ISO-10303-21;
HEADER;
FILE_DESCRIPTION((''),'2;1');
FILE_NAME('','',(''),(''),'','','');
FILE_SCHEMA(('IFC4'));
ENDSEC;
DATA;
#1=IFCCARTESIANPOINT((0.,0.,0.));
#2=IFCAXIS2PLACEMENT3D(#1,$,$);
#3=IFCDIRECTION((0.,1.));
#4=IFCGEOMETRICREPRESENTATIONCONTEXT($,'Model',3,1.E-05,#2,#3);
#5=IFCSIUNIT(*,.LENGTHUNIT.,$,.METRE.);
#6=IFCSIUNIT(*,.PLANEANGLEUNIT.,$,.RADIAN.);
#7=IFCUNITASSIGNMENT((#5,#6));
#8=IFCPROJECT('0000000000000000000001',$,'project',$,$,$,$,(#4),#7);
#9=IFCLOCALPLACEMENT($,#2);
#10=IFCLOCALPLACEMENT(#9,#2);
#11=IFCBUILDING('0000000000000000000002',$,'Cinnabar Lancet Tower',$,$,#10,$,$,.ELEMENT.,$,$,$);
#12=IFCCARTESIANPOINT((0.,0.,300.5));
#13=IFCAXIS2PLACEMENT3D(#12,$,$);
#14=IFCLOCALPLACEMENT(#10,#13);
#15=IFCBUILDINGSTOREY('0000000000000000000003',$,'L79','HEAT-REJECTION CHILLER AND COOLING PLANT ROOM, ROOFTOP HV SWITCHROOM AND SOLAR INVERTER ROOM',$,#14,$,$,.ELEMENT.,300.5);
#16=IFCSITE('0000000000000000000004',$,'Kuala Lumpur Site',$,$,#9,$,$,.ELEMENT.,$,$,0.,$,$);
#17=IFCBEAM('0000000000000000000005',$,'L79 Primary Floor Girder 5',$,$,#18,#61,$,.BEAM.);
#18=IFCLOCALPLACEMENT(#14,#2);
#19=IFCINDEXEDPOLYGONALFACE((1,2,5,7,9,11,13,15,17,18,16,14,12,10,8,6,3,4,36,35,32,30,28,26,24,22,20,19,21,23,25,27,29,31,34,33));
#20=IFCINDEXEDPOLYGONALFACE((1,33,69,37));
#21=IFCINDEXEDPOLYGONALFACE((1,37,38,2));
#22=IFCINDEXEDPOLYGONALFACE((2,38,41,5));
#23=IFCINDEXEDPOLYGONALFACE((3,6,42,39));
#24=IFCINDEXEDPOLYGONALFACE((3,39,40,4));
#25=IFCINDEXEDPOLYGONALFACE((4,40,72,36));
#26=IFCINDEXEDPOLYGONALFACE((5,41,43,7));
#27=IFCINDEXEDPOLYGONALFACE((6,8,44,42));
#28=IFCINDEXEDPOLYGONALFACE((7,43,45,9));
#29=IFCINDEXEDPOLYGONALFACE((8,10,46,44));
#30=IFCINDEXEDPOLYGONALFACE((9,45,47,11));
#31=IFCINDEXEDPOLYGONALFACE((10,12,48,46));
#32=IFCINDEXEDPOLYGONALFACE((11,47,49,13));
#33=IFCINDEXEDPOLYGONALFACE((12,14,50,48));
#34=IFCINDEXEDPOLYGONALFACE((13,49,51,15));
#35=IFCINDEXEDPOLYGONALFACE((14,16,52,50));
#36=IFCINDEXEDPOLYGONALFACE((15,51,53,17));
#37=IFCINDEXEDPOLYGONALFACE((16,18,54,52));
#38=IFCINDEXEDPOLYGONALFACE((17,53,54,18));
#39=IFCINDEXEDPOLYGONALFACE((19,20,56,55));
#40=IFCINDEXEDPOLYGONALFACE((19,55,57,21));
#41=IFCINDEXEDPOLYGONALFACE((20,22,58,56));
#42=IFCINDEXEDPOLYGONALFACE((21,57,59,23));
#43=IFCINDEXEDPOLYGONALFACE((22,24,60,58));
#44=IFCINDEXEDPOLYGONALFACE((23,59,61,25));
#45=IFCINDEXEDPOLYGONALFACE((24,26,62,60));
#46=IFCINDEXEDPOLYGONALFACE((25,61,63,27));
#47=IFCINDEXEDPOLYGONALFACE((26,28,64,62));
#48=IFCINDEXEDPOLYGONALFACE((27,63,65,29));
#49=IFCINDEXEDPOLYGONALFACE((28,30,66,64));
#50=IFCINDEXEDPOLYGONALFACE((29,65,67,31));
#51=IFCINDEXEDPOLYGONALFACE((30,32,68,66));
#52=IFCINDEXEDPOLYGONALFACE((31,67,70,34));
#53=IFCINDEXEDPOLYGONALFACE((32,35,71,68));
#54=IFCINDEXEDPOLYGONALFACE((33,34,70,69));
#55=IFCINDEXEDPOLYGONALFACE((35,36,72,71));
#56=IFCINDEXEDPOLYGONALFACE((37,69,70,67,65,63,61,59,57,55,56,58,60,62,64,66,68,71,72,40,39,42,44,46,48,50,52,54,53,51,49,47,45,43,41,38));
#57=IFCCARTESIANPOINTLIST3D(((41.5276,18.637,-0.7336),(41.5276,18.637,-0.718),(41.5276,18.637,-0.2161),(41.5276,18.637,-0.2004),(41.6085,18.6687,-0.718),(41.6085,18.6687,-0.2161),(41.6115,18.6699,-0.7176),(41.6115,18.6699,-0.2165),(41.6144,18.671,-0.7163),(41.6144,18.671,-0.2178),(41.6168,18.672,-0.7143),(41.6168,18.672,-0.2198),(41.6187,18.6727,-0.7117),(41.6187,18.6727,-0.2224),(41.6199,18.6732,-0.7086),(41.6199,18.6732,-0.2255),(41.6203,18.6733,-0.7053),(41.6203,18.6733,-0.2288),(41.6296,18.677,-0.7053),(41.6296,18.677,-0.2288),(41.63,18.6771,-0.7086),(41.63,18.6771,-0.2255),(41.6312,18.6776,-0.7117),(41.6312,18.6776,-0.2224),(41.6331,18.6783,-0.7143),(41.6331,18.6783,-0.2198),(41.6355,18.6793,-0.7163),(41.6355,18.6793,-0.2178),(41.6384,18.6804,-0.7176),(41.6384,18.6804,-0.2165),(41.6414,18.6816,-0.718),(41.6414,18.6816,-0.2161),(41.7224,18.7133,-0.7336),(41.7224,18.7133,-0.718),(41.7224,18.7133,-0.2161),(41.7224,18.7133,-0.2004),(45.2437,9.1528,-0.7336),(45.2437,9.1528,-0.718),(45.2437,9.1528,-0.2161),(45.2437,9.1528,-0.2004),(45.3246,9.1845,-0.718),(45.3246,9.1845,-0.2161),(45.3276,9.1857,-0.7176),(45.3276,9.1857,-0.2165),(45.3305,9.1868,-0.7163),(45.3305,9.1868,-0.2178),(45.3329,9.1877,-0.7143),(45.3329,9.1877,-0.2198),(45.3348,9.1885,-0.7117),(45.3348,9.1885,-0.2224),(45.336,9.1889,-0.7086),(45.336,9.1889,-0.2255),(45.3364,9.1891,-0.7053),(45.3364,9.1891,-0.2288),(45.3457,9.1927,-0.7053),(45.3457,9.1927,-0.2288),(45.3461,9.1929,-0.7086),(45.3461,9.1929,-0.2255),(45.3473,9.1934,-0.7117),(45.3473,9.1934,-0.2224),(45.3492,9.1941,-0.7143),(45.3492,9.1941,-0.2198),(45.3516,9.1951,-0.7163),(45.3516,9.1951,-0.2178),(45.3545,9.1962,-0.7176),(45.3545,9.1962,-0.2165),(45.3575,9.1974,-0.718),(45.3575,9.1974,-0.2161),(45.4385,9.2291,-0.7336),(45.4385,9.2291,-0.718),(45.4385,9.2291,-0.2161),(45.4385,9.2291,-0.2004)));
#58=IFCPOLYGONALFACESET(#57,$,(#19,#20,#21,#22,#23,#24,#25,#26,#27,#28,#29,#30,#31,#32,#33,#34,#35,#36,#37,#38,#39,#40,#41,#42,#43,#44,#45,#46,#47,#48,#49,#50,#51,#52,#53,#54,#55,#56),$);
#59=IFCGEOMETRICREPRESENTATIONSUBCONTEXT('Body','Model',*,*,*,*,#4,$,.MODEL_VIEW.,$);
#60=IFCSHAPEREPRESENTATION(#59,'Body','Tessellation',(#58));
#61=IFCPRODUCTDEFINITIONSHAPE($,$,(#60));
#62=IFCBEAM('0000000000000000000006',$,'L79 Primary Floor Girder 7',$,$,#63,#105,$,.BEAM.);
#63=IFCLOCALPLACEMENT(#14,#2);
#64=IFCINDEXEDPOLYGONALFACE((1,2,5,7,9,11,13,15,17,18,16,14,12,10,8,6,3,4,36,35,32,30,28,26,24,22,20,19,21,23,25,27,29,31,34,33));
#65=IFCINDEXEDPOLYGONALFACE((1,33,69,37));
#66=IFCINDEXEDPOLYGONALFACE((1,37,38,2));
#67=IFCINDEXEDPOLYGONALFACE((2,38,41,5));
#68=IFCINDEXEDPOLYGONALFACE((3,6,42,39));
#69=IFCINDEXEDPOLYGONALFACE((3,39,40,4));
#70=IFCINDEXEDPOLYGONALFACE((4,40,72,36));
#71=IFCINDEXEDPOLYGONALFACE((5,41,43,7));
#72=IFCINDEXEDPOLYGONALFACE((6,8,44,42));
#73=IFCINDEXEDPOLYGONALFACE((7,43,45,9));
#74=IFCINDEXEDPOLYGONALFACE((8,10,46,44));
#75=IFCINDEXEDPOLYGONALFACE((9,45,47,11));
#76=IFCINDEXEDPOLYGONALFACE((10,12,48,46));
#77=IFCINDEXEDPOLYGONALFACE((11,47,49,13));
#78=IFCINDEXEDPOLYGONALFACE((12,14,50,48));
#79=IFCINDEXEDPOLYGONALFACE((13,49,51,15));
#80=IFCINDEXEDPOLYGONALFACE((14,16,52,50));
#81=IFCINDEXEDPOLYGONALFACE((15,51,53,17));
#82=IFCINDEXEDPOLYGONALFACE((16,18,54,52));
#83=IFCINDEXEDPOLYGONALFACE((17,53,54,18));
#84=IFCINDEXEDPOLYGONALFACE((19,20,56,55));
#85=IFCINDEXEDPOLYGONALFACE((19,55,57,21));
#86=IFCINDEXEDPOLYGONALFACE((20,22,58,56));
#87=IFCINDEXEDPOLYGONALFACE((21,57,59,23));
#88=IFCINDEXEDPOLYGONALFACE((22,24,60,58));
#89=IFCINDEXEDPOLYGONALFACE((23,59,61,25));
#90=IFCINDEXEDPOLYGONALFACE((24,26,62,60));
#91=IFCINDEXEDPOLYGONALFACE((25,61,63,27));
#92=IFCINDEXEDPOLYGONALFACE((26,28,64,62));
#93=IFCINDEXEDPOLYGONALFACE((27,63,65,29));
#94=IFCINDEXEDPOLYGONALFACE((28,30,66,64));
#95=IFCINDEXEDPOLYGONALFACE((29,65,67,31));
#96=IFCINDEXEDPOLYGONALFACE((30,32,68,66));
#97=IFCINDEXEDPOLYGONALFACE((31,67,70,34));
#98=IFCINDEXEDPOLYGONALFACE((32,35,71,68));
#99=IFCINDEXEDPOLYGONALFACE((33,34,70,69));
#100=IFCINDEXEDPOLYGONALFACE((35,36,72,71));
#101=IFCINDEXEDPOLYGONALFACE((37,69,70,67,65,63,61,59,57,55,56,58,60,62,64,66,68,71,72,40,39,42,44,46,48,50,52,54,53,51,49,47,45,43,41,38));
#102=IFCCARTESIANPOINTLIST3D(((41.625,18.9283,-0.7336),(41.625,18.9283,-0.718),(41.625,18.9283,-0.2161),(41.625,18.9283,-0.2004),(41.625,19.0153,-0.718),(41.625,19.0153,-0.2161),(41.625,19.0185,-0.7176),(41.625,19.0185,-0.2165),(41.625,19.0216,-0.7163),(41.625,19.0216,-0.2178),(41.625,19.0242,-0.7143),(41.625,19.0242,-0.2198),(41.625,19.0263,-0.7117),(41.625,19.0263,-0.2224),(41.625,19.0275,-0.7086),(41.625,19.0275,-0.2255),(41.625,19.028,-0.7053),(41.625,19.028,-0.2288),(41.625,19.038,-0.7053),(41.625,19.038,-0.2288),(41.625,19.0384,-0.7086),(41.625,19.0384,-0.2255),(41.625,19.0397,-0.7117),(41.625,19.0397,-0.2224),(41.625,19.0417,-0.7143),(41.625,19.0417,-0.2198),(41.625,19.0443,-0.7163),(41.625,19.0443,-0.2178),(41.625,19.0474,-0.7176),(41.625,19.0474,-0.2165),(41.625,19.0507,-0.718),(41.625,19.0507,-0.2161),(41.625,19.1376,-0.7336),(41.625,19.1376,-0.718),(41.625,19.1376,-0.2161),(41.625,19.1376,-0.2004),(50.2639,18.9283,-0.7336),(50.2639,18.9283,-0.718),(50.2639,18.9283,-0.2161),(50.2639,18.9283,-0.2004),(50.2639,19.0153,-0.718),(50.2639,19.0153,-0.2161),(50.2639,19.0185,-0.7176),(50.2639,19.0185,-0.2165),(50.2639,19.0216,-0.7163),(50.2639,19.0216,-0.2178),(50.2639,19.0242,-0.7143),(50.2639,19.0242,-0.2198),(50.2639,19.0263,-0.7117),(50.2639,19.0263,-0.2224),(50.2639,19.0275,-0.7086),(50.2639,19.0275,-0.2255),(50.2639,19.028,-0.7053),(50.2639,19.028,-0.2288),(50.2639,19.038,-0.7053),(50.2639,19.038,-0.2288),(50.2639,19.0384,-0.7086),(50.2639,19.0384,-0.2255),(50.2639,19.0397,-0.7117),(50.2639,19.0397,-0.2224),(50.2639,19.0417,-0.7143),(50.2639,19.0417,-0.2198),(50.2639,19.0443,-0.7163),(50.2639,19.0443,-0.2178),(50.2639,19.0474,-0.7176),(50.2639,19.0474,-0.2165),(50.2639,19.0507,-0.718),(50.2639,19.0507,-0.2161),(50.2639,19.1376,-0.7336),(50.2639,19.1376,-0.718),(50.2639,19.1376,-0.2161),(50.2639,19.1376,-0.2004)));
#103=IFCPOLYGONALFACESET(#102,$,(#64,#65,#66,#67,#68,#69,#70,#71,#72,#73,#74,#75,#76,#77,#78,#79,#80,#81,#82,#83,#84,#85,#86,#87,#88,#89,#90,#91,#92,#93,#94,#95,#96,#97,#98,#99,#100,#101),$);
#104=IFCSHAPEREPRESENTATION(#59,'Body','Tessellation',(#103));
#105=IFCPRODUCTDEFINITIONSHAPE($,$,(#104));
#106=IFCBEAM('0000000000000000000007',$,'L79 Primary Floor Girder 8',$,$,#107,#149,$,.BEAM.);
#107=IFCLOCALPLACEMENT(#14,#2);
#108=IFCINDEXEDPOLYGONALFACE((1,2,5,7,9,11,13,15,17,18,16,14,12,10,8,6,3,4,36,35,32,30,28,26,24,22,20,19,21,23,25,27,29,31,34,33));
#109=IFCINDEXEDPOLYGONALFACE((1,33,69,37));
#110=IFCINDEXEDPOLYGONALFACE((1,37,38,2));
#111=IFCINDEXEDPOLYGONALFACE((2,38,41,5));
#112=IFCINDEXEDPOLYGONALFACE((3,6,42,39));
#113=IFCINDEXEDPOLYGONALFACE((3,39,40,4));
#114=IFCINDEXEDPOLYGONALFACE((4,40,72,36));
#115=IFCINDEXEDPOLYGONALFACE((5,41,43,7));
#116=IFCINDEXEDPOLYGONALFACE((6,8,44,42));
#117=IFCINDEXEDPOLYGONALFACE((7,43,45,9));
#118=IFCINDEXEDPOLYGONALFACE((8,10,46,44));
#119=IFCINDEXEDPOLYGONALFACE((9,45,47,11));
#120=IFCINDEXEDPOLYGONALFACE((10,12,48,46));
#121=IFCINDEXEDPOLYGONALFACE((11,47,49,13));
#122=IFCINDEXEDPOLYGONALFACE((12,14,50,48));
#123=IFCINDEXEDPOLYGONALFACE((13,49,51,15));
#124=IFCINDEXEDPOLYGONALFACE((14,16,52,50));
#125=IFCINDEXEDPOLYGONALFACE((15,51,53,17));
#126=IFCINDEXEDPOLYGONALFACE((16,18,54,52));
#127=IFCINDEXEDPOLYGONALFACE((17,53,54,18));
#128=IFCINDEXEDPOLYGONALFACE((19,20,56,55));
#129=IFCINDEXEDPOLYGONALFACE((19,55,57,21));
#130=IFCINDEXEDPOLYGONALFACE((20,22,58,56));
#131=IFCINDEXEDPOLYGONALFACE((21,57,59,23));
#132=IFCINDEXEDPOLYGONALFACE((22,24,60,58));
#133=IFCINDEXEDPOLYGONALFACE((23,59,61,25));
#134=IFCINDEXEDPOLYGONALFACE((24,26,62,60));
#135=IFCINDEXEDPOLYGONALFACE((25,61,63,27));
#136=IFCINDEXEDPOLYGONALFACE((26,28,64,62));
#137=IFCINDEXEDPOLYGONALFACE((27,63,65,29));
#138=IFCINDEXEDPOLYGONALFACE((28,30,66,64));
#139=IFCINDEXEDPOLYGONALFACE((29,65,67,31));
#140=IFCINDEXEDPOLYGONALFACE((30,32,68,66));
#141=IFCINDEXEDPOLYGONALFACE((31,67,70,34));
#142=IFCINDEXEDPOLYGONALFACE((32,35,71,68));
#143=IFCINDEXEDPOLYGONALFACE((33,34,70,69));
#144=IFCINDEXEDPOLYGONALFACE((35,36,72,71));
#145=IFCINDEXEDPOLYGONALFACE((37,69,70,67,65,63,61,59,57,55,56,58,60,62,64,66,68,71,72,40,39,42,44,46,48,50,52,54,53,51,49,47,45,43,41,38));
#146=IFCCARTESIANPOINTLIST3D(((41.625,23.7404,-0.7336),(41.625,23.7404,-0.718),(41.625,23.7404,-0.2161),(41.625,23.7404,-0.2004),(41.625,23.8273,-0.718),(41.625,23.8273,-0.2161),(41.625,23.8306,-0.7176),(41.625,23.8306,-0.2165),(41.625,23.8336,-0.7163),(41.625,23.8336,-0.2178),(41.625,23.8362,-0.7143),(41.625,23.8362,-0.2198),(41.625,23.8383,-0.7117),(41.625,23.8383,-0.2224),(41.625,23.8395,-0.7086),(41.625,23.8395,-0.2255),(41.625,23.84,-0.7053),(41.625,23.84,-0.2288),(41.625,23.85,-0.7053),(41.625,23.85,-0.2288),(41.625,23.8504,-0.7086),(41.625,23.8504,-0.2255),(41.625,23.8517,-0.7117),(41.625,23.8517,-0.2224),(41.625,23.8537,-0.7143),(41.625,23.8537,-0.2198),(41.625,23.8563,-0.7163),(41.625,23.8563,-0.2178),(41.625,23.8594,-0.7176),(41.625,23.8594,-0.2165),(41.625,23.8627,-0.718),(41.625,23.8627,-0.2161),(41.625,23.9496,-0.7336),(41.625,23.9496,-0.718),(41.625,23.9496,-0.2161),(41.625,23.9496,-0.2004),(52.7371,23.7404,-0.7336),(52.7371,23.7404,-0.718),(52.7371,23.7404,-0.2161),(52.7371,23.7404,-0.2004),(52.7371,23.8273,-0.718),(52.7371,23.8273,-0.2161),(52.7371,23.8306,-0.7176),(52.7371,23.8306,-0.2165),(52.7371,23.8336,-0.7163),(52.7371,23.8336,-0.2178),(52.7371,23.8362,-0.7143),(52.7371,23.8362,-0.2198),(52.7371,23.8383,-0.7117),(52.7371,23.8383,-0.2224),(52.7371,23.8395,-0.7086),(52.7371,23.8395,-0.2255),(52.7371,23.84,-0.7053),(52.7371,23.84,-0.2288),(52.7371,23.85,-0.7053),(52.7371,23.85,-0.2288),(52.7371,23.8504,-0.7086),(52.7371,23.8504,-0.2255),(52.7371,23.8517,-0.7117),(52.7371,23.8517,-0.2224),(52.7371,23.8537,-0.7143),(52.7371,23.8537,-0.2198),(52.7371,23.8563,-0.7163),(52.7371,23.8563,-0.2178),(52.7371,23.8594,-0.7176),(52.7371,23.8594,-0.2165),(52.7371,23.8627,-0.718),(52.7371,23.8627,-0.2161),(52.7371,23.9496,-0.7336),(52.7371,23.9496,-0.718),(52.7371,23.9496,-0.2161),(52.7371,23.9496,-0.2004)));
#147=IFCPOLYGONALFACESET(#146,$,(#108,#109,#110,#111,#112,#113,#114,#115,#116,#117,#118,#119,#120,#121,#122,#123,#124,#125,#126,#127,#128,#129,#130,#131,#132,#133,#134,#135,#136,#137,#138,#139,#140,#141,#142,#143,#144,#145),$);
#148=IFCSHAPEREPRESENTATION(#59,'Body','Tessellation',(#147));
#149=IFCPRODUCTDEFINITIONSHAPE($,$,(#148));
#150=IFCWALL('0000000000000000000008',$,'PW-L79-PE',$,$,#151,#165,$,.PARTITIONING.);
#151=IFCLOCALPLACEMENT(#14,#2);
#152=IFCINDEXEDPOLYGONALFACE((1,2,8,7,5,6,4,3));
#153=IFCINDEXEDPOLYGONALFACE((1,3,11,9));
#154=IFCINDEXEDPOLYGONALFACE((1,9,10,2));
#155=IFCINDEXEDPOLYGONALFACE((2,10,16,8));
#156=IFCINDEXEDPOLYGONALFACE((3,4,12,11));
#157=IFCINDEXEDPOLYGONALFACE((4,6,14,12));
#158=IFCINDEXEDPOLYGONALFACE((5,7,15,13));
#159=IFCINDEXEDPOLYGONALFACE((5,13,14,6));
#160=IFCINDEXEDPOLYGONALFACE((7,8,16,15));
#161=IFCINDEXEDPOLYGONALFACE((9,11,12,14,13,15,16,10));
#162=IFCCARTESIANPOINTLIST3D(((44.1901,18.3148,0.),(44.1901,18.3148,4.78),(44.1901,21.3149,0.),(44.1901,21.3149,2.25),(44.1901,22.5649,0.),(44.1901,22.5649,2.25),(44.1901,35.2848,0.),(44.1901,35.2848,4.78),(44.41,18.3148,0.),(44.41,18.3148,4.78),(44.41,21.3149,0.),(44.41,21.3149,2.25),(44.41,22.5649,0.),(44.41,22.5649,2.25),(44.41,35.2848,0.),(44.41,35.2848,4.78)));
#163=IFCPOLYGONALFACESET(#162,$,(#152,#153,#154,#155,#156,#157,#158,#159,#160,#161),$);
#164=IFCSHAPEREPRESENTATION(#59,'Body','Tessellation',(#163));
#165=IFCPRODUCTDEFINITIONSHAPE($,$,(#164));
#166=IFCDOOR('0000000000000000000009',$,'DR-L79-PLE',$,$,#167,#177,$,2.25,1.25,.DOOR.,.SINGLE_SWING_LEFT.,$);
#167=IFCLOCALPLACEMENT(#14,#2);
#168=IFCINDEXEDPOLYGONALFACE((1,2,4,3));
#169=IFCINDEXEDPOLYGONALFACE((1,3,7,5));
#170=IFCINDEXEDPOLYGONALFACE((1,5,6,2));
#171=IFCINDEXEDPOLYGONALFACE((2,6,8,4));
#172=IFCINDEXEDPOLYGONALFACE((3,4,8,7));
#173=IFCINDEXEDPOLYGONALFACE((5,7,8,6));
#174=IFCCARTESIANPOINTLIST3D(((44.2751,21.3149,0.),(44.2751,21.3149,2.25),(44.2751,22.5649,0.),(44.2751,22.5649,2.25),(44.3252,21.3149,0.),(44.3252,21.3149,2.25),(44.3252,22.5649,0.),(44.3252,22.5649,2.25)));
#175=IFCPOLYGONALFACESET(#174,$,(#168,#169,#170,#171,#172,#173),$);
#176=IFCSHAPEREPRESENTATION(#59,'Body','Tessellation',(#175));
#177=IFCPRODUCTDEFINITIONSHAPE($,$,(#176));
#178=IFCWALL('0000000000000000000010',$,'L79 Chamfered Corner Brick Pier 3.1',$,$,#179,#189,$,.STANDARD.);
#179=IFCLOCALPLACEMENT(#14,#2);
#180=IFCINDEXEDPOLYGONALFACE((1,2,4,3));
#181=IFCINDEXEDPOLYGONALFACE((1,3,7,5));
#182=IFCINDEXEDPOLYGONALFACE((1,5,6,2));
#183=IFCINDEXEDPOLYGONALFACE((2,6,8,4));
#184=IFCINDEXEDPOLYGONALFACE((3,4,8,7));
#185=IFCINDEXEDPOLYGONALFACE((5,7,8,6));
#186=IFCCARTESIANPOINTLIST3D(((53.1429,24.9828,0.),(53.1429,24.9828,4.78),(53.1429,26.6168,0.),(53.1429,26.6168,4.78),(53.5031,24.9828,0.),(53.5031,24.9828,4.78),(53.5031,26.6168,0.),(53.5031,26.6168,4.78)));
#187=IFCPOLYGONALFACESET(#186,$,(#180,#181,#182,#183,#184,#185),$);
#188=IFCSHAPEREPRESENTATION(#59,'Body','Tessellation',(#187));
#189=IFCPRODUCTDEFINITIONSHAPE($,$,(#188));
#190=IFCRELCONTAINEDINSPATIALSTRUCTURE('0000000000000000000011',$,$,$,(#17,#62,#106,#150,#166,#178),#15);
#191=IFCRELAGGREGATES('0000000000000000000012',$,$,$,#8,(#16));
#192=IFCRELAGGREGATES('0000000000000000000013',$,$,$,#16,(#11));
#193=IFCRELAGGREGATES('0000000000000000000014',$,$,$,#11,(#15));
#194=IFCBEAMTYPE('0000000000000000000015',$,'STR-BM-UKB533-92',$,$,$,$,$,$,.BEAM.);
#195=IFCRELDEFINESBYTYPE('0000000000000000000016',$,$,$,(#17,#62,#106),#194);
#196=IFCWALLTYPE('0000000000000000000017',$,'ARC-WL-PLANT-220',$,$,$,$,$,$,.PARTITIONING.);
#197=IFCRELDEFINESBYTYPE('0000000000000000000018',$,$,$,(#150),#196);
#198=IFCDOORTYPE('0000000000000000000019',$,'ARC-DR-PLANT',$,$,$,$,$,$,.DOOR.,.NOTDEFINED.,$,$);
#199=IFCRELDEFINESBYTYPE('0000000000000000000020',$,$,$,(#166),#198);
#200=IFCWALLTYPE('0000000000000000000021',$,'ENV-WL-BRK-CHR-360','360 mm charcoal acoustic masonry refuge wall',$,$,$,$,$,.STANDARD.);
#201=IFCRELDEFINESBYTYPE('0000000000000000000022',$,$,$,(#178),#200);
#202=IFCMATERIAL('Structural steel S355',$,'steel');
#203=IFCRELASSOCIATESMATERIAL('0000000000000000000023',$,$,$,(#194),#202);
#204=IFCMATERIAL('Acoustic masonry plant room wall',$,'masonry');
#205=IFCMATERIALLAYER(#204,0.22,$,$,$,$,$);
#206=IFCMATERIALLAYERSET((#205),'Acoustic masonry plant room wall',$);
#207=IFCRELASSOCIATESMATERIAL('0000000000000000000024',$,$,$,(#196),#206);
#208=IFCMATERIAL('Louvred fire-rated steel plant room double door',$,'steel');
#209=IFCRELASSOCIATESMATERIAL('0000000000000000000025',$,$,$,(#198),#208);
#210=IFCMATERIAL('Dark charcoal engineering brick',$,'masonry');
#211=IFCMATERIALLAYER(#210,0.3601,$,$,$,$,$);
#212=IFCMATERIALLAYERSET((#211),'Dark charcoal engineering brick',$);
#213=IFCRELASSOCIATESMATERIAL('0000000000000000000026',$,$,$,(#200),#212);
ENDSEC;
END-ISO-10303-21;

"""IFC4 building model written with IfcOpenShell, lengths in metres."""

from ifc_helpers import new_model, si_unit, direction, frame, frame_2d, origin, origin_2d, place, context, subcontext, project, spatial, rectangle, i_section, extrude, material, layer, layer_set, material_profile, profile_set, type_object, element, fill, save


model = new_model("IFC4")

# Units and contexts
model_context = context("Model", 3, precision=1e-05, world=origin(), true_north=direction((0.0, 1.0)))
body_context = subcontext(model_context, "Body", "Model", "MODEL_VIEW")
ifc_project = project(units=[si_unit("LENGTHUNIT", "METRE"), si_unit("PLANEANGLEUNIT", "RADIAN")], contexts=[model_context])

# Site, building, storey
site_placement = place(None, origin())
site = spatial("IfcSite", under=ifc_project, at=site_placement, Name="Kuala Lumpur Site", CompositionType="ELEMENT", RefElevation=0.0)
building_placement = place(site_placement, origin())
building = spatial("IfcBuilding", under=site, at=building_placement, Name="Cinnabar Lancet Tower", CompositionType="ELEMENT")
storey_placement = place(building_placement, frame((0.0, 0.0, 300.5)))
storey = spatial("IfcBuildingStorey", under=building, at=storey_placement, Name="L79", Description="HEAT-REJECTION CHILLER AND COOLING PLANT ROOM, ROOFTOP HV SWITCHROOM AND SOLAR INVERTER ROOM", CompositionType="ELEMENT", Elevation=300.5)

# Beams
ifc_material_1 = material(Name="Structural steel S355", Category="steel")
ifc_material_profile_1 = material_profile(ifc_material_1, i_section(OverallWidth=0.2092, OverallDepth=0.5332, WebThickness=0.01, FlangeThickness=0.0156, FilletRadius=0.0127, at=origin_2d()), Name="UKB 533x210x92")
ifc_profile_set_1 = profile_set([ifc_material_profile_1], Name="Structural steel S355")
beam_type_1 = type_object("IfcBeamType", Name="STR-BM-UKB533-92", PredefinedType="BEAM", material=ifc_profile_set_1)
beam_1_placement = place(storey_placement, frame((45.3411, 9.1909, -0.467), z_axis=(-0.364815, 0.93108, 0.0), x_axis=(-0.93108, -0.364815, 0.0)))
element("IfcBeam", 1, at=beam_1_placement, inside=storey, type_object=beam_type_1, Name="L79 Primary Floor Girder 5", PredefinedType="BEAM", context=body_context, shape_type="SweptSolid", body=[
    extrude(i_section(OverallWidth=0.2092, OverallDepth=0.5332, WebThickness=0.01, FlangeThickness=0.0156, FilletRadius=0.0127, at=origin_2d()), origin(), (0.0, 0.0, 1.0), 10.1863),
])
beam_2_placement = place(storey_placement, frame((50.2639, 19.033, -0.467), z_axis=(-1.0, 0.0, 0.0), x_axis=(0.0, -1.0, 0.0)))
element("IfcBeam", 2, at=beam_2_placement, inside=storey, type_object=beam_type_1, Name="L79 Primary Floor Girder 7", PredefinedType="BEAM", context=body_context, shape_type="SweptSolid", body=[
    extrude(i_section(OverallWidth=0.2092, OverallDepth=0.5332, WebThickness=0.01, FlangeThickness=0.0156, FilletRadius=0.0127, at=origin_2d()), origin(), (0.0, 0.0, 1.0), 8.6389),
])
beam_3_placement = place(storey_placement, frame((52.7371, 23.845, -0.467), z_axis=(-1.0, 0.0, 0.0), x_axis=(0.0, -1.0, 0.0)))
element("IfcBeam", 3, at=beam_3_placement, inside=storey, type_object=beam_type_1, Name="L79 Primary Floor Girder 8", PredefinedType="BEAM", context=body_context, shape_type="SweptSolid", body=[
    extrude(i_section(OverallWidth=0.2092, OverallDepth=0.5332, WebThickness=0.01, FlangeThickness=0.0156, FilletRadius=0.0127, at=origin_2d()), origin(), (0.0, 0.0, 1.0), 11.1121),
])

# Wall, opening, door
ifc_material_2 = material(Name="Acoustic masonry plant room wall", Category="masonry")
ifc_layer_1 = layer(ifc_material_2, 0.22)
ifc_layer_set_1 = layer_set([ifc_layer_1], Name="Acoustic masonry plant room wall")
wall_type_1 = type_object("IfcWallType", Name="ARC-WL-PLANT-220", PredefinedType="PARTITIONING", material=ifc_layer_set_1)
wall_1_placement = place(storey_placement, frame((44.3, 18.3149, 0.0), z_axis=(0.0, 0.0, 1.0), x_axis=(0.0, 1.0, 0.0)))
wall_1 = element("IfcWall", 4, at=wall_1_placement, inside=storey, type_object=wall_type_1, Name="PW-L79-PE", PredefinedType="PARTITIONING", context=body_context, shape_type="SweptSolid", body=[
    extrude(rectangle(XDim=16.97, YDim=0.22, at=frame_2d((8.4849, 0.0))), origin(), (0.0, 0.0, 1.0), 4.78),
])
opening_placement = place(wall_1_placement, frame((3.0, 0.0, 0.0)))
opening = element("IfcOpeningElement", 5, at=opening_placement, cuts=wall_1, PredefinedType="OPENING", context=body_context, shape_type="SweptSolid", body=[
    extrude(rectangle(XDim=1.25, YDim=2.25, at=frame_2d((0.625, 1.125))), frame((0.0, 0.1199, 0.0), z_axis=(0.0, -1.0, 0.0), x_axis=(1.0, 0.0, 0.0)), (0.0, 0.0, 1.0), 0.24),
])
ifc_material_3 = material(Name="Louvred fire-rated steel plant room double door", Category="steel")
door_type = type_object("IfcDoorType", Name="ARC-DR-PLANT", OperationType="NOTDEFINED", PredefinedType="DOOR", material=ifc_material_3)
door_placement = place(opening_placement, origin())
door = element("IfcDoor", 6, at=door_placement, inside=storey, type_object=door_type, Name="DR-L79-PLE", OperationType="SINGLE_SWING_LEFT", OverallHeight=2.25, OverallWidth=1.25, PredefinedType="DOOR", context=body_context, shape_type="SweptSolid", body=[
    extrude(rectangle(XDim=1.25, YDim=2.25, at=frame_2d((0.625, 1.125))), frame((0.0, 0.0249, 0.0), z_axis=(0.0, -1.0, 0.0), x_axis=(1.0, 0.0, 0.0)), (0.0, 0.0, 1.0), 0.05),
])
fill(opening, door)

# Wall
ifc_material_4 = material(Name="Dark charcoal engineering brick", Category="masonry")
ifc_layer_2 = layer(ifc_material_4, 0.3601)
ifc_layer_set_2 = layer_set([ifc_layer_2], Name="Dark charcoal engineering brick")
wall_type_2 = type_object("IfcWallType", Name="ENV-WL-BRK-CHR-360", Description="360 mm charcoal acoustic masonry refuge wall", PredefinedType="STANDARD", material=ifc_layer_set_2)
wall_2_placement = place(storey_placement, frame((53.323, 24.9829, 0.0), z_axis=(0.0, 0.0, 1.0), x_axis=(0.0, 1.0, 0.0)))
element("IfcWall", 7, at=wall_2_placement, inside=storey, type_object=wall_type_2, Name="L79 Chamfered Corner Brick Pier 3.1", PredefinedType="STANDARD", context=body_context, shape_type="SweptSolid", body=[
    extrude(rectangle(XDim=1.634, YDim=0.3601, at=frame_2d((0.8169, 0.0))), origin(), (0.0, 0.0, 1.0), 4.78),
])

save(model, "model.ifc")
